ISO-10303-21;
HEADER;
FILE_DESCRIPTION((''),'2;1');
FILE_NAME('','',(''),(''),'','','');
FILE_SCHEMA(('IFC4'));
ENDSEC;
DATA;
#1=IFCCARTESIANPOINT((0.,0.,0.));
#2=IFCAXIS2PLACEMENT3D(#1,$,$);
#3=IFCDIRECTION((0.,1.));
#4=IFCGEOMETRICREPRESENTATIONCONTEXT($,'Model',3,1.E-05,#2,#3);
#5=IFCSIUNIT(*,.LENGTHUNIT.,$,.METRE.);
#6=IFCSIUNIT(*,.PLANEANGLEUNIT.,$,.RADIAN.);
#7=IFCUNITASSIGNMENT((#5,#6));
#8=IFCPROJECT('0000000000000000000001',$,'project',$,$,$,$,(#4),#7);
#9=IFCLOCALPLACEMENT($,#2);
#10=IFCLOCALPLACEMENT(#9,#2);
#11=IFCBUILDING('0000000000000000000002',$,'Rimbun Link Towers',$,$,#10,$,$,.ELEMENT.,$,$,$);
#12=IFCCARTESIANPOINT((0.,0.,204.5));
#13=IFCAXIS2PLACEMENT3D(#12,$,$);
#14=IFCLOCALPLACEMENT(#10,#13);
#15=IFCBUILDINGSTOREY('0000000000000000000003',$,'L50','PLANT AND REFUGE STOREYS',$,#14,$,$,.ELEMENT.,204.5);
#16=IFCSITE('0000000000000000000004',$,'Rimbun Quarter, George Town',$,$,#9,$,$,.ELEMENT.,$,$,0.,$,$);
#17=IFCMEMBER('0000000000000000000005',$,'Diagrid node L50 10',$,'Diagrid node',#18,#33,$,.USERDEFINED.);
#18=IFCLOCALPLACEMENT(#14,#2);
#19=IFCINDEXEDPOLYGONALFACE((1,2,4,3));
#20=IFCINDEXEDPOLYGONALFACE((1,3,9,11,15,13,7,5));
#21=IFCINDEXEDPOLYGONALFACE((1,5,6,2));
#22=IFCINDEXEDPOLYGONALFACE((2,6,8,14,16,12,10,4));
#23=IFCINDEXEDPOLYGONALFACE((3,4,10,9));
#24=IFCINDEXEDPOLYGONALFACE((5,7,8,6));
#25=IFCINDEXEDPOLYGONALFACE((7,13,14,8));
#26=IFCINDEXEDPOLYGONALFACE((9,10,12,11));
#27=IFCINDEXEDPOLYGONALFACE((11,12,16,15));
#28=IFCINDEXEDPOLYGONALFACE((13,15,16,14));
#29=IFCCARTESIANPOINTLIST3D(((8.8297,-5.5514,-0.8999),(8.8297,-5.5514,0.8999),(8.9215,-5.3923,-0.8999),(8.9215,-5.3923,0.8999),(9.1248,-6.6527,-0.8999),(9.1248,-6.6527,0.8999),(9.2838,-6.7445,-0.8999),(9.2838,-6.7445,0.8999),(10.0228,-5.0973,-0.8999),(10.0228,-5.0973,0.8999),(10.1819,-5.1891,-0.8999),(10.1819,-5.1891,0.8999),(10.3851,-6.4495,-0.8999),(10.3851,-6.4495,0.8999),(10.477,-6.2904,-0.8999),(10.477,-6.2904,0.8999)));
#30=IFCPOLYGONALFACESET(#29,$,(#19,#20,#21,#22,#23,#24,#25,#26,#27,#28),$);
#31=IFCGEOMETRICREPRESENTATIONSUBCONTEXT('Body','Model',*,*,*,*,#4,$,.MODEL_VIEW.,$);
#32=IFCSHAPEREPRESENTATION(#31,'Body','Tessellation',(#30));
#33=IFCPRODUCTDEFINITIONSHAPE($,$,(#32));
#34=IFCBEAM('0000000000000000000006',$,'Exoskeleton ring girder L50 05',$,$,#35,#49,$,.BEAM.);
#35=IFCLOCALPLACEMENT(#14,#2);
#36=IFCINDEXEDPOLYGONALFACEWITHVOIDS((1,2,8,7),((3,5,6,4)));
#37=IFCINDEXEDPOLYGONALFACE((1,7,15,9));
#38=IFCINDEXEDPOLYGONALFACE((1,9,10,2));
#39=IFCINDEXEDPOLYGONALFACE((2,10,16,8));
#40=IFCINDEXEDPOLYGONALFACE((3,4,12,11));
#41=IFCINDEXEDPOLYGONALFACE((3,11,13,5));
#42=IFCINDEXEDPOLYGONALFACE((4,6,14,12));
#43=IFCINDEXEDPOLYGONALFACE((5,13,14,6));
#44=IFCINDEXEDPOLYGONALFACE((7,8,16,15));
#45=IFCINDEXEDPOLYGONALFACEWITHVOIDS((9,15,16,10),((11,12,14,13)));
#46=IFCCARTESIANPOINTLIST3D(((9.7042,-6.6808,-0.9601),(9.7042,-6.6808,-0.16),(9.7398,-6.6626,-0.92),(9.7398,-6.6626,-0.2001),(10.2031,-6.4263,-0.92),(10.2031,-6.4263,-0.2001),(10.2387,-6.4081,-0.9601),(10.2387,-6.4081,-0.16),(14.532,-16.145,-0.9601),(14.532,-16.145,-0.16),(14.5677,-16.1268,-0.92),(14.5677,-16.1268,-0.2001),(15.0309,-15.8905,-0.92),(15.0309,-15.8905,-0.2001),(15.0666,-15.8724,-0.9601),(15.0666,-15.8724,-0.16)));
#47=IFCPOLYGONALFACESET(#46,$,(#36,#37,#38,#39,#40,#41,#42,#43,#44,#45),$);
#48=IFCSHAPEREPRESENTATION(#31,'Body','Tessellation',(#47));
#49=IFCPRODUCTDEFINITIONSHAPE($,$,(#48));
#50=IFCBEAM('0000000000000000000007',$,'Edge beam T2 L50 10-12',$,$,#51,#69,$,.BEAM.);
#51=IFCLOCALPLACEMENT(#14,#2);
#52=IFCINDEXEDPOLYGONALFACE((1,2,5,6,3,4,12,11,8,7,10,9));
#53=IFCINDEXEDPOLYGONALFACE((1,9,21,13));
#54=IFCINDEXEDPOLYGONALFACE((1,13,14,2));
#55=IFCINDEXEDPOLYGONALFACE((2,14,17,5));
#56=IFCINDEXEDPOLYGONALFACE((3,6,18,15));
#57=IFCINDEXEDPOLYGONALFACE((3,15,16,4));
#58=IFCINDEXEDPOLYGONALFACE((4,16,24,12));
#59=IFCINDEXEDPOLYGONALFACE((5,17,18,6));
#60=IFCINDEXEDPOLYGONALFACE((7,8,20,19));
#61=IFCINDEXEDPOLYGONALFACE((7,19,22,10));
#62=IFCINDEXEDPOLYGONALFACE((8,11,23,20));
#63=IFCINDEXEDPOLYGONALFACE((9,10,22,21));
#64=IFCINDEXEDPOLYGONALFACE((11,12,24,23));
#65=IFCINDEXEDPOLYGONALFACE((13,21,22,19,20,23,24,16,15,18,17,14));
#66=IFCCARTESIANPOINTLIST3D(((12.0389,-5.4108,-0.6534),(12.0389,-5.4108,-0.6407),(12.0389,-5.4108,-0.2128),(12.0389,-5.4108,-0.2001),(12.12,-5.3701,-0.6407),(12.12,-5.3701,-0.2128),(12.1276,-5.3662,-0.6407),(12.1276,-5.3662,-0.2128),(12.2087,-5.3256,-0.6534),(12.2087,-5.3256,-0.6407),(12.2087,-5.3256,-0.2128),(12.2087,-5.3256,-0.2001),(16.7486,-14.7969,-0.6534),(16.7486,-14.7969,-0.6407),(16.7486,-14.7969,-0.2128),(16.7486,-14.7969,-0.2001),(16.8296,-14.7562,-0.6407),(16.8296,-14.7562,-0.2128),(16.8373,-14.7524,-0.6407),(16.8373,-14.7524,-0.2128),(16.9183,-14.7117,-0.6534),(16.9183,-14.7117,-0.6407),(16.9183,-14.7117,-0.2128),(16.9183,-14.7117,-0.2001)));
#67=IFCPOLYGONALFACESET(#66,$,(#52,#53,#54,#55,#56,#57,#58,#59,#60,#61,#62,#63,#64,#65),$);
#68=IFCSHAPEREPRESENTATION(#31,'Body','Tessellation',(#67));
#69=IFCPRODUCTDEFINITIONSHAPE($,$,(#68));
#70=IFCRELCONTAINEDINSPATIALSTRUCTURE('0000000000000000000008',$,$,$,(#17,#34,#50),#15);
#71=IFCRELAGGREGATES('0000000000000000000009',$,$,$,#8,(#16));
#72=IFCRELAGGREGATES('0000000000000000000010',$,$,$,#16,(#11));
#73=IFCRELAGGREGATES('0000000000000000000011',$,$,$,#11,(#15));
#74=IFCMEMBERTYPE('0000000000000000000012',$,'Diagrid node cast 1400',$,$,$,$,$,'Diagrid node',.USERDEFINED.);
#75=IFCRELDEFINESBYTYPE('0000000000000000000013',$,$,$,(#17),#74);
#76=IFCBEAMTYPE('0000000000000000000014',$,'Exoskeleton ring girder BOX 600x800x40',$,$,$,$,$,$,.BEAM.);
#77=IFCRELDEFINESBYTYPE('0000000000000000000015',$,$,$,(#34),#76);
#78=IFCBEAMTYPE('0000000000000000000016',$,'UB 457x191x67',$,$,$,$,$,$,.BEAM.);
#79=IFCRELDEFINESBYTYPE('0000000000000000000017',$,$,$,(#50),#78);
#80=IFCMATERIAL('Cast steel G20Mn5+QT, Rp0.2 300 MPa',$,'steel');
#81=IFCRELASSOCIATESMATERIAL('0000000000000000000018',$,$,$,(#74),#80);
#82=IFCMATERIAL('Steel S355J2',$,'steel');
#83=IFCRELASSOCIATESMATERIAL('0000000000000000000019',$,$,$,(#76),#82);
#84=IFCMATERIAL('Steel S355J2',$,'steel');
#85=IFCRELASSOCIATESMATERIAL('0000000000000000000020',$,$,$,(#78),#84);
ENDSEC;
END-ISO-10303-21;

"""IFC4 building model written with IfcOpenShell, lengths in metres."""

from ifc_helpers import new_model, si_unit, direction, frame, origin, origin_2d, place, context, subcontext, project, spatial, polyline, hollow_rectangle, i_section, outline, extrude, material, material_profile, profile_set, type_object, element, save


model = new_model("IFC4")

# Units and contexts
model_context = context("Model", 3, precision=1e-05, world=origin(), true_north=direction((0.0, 1.0)))
body_context = subcontext(model_context, "Body", "Model", "MODEL_VIEW")
ifc_project = project(units=[si_unit("LENGTHUNIT", "METRE"), si_unit("PLANEANGLEUNIT", "RADIAN")], contexts=[model_context])

# Site, building, storey
site_placement = place(None, origin())
site = spatial("IfcSite", under=ifc_project, at=site_placement, Name="Rimbun Quarter, George Town", CompositionType="ELEMENT", RefElevation=0.0)
building_placement = place(site_placement, origin())
building = spatial("IfcBuilding", under=site, at=building_placement, Name="Rimbun Link Towers", CompositionType="ELEMENT")
storey_placement = place(building_placement, frame((0.0, 0.0, 204.5)))
storey = spatial("IfcBuildingStorey", under=building, at=storey_placement, Name="L50", Description="PLANT AND REFUGE STOREYS", CompositionType="ELEMENT", Elevation=204.5)

# Member
ifc_material_1 = material(Name="Cast steel G20Mn5+QT, Rp0.2 300 MPa", Category="steel")
ifc_material_profile_1 = material_profile(ifc_material_1, outline(polyline([(0.7, -0.5701), (0.7, 0.5701), (0.5701, 0.7), (-0.5701, 0.7), (-0.7, 0.5701), (-0.7, -0.5701), (-0.5701, -0.7), (0.5701, -0.7), (0.7, -0.5701)])), Name="NODE 1400x1400")
ifc_profile_set_1 = profile_set([ifc_material_profile_1], Name="Cast steel G20Mn5+QT, Rp0.2 300 MPa")
member_type_1 = type_object("IfcMemberType", Name="Diagrid node cast 1400", ElementType="Diagrid node", PredefinedType="USERDEFINED", material=ifc_profile_set_1)
member_1_placement = place(storey_placement, frame((9.6533, -5.9209, -0.8999), z_axis=(0.0, 0.0, 1.0), x_axis=(-0.965926, -0.258819, 0.0)))
element("IfcMember", 1, at=member_1_placement, inside=storey, type_object=member_type_1, Name="Diagrid node L50 10", ObjectType="Diagrid node", PredefinedType="USERDEFINED", context=body_context, shape_type="SweptSolid", body=[
    extrude(outline(polyline([(0.7, -0.5701), (0.7, 0.5701), (0.5701, 0.7), (-0.5701, 0.7), (-0.7, 0.5701), (-0.7, -0.5701), (-0.5701, -0.7), (0.5701, -0.7), (0.7, -0.5701)])), origin(), (0.0, 0.0, 1.0), 1.7998),
])

# Beams
ifc_material_2 = material(Name="Steel S355J2", Category="steel")
ifc_material_profile_2 = material_profile(ifc_material_2, hollow_rectangle(XDim=0.6001, YDim=0.8, WallThickness=0.04, at=origin_2d()), Name="Exoskeleton ring girder BOX 600x800x40")
ifc_profile_set_2 = profile_set([ifc_material_profile_2], Name="Steel S355J2")
beam_type_1 = type_object("IfcBeamType", Name="Exoskeleton ring girder BOX 600x800x40", PredefinedType="BEAM", material=ifc_profile_set_2)
beam_1_placement = place(storey_placement, frame((9.9714, -6.5444, -0.5601), z_axis=(0.454405, -0.890795, 0.0), x_axis=(0.890795, 0.454405, 0.0)))
element("IfcBeam", 2, at=beam_1_placement, inside=storey, type_object=beam_type_1, Name="Exoskeleton ring girder L50 05", PredefinedType="BEAM", context=body_context, shape_type="SweptSolid", body=[
    extrude(hollow_rectangle(XDim=0.6001, YDim=0.8, WallThickness=0.04, at=origin_2d()), origin(), (0.0, 0.0, 1.0), 10.6245),
])
ifc_material_3 = material(Name="Steel S355J2", Category="steel")
ifc_material_profile_3 = material_profile(ifc_material_3, i_section(OverallWidth=0.1899, OverallDepth=0.4534, WebThickness=0.0085, FlangeThickness=0.0127, at=origin_2d()), Name="UB 457x191x67")
ifc_profile_set_3 = profile_set([ifc_material_profile_3], Name="Steel S355J2")
beam_type_2 = type_object("IfcBeamType", Name="UB 457x191x67", PredefinedType="BEAM", material=ifc_profile_set_3)
beam_2_placement = place(storey_placement, frame((12.1238, -5.3682, -0.4268), z_axis=(0.448478, -0.893794, 0.0), x_axis=(0.893794, 0.448478, 0.0)))
element("IfcBeam", 3, at=beam_2_placement, inside=storey, type_object=beam_type_2, Name="Edge beam T2 L50 10-12", PredefinedType="BEAM", context=body_context, shape_type="SweptSolid", body=[
    extrude(i_section(OverallWidth=0.1899, OverallDepth=0.4534, WebThickness=0.0085, FlangeThickness=0.0127, at=origin_2d()), origin(), (0.0, 0.0, 1.0), 10.5015),
])

save(model, "model.ifc")
